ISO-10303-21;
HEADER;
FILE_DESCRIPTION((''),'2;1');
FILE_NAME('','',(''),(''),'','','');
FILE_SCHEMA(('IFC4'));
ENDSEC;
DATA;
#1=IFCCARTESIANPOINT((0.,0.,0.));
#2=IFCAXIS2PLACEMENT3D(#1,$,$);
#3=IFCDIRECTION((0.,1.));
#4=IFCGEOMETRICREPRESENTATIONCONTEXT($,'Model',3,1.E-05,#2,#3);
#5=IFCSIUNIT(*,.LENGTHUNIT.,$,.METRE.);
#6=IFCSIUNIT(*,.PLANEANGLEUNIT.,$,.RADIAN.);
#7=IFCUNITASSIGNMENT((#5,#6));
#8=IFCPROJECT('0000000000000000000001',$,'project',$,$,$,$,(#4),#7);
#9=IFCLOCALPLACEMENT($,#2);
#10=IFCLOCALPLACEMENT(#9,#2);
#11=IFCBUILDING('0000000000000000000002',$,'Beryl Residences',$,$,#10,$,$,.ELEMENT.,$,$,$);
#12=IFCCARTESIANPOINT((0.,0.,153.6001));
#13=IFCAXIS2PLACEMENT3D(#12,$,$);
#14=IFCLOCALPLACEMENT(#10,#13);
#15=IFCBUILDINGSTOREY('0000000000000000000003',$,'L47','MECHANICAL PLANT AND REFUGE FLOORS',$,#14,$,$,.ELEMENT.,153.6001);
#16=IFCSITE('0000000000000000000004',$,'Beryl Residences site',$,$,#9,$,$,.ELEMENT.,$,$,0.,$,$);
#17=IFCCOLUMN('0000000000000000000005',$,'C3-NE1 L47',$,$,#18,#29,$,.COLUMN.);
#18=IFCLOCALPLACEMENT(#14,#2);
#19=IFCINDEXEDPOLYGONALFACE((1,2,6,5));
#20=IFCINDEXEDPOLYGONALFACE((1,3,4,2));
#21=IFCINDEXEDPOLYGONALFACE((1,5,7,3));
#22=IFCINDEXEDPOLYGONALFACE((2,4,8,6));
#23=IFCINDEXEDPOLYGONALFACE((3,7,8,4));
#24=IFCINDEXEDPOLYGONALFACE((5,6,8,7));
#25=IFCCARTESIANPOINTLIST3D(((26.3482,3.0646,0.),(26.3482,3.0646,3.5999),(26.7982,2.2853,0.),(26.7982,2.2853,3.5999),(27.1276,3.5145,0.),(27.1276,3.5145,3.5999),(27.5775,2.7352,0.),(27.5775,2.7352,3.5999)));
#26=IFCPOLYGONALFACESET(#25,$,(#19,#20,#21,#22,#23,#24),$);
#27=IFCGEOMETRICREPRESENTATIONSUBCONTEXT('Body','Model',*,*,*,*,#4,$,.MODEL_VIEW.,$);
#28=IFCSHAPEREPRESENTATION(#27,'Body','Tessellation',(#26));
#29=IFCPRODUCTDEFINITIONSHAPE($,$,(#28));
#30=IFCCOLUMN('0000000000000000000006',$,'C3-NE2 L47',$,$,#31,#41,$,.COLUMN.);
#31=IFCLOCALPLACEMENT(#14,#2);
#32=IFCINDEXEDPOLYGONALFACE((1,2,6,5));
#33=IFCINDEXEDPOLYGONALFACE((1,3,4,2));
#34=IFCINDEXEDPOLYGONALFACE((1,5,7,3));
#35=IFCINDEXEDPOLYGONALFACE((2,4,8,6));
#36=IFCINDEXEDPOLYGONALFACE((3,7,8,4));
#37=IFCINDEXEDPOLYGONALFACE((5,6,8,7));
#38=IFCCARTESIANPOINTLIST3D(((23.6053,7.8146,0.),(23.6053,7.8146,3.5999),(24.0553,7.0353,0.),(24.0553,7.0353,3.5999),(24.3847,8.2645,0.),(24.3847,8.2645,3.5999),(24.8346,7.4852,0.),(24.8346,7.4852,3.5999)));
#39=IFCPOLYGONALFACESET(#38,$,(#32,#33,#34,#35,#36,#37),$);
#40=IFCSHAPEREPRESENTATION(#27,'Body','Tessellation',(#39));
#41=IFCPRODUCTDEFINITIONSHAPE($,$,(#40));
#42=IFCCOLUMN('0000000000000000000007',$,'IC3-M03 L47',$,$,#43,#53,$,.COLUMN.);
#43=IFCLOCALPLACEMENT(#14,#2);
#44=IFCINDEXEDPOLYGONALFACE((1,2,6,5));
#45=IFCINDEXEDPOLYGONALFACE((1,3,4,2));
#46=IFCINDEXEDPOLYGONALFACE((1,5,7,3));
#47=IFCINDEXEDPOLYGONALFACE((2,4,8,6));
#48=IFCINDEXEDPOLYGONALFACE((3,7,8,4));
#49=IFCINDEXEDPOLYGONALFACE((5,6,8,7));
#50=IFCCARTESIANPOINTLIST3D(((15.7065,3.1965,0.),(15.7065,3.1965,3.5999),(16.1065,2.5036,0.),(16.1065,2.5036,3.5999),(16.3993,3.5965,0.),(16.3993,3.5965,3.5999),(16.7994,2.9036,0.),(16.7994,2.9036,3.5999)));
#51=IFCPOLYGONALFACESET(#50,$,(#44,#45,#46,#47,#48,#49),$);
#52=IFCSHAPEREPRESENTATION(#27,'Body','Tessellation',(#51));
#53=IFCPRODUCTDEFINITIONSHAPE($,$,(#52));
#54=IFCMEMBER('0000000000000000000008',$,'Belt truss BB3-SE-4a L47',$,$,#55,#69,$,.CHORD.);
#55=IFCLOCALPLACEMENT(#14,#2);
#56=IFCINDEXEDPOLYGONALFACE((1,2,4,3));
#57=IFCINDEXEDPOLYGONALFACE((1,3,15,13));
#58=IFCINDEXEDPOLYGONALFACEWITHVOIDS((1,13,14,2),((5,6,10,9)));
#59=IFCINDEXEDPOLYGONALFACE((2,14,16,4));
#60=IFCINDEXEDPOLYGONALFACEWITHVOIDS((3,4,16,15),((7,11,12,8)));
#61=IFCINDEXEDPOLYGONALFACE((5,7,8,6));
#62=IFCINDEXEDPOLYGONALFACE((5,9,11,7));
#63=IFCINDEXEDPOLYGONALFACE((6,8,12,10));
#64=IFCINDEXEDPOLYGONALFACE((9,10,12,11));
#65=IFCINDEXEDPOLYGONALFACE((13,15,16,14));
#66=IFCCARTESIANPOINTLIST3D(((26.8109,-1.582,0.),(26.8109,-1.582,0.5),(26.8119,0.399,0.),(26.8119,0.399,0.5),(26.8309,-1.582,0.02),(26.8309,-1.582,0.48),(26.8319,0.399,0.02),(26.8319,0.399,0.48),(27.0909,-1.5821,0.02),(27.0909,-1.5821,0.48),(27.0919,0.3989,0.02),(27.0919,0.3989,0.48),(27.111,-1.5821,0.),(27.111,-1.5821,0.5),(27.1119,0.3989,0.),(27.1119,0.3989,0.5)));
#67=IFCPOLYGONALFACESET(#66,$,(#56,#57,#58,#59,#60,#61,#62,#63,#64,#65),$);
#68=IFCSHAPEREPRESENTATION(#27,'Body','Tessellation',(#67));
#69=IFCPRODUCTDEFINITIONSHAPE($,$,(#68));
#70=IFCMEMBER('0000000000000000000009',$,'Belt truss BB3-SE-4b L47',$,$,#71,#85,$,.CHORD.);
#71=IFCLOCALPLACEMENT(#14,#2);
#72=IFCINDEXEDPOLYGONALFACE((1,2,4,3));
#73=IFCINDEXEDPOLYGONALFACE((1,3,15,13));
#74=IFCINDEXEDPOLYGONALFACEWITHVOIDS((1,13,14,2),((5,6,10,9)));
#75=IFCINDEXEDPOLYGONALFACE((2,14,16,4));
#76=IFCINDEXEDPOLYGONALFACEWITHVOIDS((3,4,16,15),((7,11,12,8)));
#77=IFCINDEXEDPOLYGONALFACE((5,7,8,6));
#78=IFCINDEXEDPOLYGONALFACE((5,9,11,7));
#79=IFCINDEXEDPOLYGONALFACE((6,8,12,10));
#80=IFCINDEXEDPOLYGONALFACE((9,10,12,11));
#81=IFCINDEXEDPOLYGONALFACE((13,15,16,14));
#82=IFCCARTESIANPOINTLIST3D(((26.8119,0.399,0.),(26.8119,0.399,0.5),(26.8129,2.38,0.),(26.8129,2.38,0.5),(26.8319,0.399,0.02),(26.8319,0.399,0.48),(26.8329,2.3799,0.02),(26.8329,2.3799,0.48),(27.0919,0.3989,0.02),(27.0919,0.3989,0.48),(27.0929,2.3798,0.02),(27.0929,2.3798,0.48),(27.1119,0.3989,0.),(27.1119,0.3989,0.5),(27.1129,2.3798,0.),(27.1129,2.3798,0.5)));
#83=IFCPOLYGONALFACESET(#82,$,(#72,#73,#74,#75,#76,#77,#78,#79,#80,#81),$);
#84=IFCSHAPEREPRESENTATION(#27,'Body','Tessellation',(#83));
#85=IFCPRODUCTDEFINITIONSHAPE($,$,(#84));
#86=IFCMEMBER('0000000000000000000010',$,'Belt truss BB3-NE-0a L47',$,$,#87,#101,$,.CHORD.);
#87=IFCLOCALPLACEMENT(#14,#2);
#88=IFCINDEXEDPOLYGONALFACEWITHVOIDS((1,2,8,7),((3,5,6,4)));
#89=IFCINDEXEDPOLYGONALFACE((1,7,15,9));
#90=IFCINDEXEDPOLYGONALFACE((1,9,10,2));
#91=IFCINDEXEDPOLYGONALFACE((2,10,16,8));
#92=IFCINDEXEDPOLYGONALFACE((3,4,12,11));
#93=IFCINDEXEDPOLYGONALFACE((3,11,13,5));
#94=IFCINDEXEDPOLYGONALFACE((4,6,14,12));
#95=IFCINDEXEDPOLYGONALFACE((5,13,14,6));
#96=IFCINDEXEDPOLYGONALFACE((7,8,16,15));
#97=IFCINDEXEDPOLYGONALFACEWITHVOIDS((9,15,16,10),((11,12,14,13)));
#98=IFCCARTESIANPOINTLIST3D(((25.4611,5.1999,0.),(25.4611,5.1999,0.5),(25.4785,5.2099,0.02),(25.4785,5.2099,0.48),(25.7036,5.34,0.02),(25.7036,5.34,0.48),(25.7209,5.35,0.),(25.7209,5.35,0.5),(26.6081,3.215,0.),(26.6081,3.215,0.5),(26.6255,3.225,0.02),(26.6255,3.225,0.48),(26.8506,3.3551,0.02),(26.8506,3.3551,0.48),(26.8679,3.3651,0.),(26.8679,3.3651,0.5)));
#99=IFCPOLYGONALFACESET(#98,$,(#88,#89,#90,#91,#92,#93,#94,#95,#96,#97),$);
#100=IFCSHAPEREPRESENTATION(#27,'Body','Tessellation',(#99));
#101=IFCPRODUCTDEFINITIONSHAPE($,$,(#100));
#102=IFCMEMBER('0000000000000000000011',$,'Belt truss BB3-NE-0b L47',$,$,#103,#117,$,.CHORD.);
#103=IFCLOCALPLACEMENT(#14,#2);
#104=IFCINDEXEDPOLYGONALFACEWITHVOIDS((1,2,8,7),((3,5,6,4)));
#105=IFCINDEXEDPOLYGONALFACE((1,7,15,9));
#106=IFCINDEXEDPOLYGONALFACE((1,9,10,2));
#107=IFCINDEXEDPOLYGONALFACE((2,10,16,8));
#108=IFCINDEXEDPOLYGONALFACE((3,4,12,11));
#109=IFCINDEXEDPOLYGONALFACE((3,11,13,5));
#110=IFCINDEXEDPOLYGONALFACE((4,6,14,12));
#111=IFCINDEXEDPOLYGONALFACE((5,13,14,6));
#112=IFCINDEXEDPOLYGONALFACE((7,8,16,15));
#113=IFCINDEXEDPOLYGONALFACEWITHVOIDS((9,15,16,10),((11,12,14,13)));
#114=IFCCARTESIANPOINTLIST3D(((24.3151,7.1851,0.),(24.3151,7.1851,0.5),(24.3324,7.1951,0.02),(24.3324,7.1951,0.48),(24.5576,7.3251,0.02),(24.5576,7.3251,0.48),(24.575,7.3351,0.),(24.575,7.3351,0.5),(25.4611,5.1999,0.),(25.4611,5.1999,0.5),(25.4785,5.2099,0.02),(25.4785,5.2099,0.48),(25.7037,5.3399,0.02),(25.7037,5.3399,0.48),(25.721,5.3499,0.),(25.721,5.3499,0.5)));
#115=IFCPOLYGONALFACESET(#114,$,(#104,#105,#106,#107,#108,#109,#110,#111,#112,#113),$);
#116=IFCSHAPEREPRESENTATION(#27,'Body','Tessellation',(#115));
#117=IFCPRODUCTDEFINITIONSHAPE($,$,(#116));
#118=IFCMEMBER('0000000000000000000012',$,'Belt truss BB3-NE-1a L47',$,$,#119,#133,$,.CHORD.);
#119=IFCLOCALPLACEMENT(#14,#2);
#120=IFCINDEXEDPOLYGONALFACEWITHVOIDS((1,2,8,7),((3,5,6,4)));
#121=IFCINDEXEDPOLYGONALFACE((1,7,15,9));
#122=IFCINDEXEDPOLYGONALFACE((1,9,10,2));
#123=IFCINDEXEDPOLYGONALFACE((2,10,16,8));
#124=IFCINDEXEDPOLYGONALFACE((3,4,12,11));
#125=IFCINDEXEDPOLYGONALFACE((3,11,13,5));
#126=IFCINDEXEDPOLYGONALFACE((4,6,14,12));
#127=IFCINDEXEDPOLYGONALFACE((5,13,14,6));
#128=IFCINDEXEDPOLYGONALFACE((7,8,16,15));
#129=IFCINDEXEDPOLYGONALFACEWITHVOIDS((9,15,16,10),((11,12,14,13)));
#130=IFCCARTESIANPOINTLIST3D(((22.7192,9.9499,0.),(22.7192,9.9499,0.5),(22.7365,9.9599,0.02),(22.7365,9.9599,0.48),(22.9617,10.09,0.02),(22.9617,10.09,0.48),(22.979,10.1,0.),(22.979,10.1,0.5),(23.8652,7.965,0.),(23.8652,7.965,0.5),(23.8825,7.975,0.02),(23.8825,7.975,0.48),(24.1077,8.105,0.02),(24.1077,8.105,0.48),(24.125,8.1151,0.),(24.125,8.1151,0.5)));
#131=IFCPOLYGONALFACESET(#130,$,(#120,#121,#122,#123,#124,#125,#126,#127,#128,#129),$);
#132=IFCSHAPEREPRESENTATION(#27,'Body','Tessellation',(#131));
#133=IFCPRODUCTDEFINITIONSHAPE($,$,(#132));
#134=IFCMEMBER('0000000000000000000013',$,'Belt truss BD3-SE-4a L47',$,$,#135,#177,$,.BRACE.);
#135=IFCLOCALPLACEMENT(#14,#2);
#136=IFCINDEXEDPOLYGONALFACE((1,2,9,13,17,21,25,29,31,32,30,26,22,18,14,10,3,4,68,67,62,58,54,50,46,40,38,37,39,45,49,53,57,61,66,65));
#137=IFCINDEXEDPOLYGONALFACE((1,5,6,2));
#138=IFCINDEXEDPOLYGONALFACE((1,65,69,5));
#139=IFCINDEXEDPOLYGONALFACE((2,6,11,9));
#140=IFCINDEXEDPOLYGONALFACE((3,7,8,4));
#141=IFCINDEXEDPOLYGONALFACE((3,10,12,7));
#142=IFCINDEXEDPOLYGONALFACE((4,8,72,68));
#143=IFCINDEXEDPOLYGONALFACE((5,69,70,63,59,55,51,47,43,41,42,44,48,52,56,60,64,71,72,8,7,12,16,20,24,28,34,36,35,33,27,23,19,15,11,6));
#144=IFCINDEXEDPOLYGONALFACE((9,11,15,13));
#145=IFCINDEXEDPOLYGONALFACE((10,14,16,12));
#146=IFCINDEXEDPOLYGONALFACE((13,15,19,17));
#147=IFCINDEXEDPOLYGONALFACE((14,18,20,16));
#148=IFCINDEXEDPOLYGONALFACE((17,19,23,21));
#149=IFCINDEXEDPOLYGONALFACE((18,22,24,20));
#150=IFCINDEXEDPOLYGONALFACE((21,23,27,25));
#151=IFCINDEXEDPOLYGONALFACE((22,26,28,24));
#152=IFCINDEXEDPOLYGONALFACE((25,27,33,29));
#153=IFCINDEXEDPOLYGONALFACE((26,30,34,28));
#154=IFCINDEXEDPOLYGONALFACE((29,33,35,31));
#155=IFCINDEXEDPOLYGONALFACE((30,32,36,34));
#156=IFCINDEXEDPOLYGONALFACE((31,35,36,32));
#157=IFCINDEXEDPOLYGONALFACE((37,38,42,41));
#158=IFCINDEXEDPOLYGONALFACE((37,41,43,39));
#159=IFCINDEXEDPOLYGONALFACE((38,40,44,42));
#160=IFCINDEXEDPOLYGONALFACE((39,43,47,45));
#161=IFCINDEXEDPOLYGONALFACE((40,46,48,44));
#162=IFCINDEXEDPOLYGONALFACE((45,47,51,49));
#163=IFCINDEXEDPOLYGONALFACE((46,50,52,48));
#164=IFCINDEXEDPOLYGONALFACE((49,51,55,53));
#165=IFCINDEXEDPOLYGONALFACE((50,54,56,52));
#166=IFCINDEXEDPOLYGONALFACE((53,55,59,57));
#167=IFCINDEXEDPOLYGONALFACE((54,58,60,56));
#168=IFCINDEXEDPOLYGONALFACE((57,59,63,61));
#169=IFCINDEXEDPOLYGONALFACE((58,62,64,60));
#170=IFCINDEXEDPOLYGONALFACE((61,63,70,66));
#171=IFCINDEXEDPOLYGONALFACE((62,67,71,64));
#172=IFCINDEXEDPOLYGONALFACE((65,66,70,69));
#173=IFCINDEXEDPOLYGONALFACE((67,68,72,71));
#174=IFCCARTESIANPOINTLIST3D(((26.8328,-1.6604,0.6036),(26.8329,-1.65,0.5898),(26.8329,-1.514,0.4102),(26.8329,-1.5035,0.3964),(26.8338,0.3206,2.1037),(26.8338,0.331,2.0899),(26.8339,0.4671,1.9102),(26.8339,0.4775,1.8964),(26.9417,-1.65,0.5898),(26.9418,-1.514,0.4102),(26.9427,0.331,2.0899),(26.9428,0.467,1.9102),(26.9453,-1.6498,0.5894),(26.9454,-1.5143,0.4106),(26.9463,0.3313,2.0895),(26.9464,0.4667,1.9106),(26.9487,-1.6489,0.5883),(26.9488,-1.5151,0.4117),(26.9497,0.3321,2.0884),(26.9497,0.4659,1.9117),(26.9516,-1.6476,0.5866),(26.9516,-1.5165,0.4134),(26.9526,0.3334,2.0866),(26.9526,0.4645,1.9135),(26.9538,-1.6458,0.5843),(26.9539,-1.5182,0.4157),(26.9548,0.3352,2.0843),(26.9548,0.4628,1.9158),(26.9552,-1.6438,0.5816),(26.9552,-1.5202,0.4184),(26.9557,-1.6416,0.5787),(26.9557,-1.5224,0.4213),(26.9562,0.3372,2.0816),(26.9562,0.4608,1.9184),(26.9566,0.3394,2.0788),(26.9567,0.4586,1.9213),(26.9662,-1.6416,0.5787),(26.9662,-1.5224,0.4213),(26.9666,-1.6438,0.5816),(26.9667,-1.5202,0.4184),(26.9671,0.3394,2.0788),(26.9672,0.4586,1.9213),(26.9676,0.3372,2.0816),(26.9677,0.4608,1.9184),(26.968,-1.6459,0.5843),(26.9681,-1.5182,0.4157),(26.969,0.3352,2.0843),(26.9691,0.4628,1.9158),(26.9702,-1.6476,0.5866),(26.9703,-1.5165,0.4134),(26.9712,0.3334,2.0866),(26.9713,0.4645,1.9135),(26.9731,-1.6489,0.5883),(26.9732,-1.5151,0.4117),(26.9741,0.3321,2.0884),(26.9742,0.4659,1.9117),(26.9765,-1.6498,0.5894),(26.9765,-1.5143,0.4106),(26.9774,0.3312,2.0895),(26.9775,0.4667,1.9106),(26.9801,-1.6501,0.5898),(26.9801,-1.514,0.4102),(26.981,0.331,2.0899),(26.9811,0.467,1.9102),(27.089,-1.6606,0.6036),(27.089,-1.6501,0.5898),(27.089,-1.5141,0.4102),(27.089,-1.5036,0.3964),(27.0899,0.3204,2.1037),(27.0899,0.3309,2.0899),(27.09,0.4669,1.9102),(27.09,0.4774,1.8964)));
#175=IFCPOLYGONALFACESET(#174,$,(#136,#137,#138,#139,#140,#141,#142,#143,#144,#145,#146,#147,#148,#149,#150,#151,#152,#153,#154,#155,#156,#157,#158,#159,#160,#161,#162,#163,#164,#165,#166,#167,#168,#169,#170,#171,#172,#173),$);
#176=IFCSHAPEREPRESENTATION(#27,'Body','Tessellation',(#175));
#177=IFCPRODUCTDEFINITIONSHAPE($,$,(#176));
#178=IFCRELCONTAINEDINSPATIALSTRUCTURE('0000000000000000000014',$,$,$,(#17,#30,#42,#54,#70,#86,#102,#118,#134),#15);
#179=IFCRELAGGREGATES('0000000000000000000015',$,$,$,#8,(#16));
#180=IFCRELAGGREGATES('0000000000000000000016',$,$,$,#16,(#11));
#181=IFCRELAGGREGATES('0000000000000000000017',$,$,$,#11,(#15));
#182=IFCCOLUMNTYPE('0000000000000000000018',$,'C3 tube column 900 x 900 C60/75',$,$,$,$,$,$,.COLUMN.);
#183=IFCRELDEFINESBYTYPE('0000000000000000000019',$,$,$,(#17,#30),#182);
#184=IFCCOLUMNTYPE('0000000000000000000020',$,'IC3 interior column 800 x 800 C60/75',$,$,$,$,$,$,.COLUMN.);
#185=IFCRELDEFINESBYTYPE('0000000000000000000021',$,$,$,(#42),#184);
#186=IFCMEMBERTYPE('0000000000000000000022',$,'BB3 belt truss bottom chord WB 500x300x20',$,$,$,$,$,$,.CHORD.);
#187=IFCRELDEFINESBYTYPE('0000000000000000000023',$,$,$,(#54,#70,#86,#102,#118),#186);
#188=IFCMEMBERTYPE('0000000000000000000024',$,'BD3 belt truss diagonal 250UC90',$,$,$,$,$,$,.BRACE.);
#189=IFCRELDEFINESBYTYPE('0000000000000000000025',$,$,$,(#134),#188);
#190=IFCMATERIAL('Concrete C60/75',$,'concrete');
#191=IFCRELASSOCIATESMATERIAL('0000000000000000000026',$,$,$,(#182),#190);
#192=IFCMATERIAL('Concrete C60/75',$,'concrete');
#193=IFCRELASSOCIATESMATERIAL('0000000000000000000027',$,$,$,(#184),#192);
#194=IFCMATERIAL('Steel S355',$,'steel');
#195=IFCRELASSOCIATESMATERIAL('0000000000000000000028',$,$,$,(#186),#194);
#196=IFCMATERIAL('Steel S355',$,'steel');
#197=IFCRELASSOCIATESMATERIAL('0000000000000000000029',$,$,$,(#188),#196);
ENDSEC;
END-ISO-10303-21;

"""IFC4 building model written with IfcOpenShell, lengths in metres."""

from ifc_helpers import new_model, si_unit, direction, frame, origin, origin_2d, place, context, subcontext, project, spatial, rectangle, hollow_rectangle, i_section, extrude, material, material_profile, profile_set, type_object, element, save


model = new_model("IFC4")

# Units and contexts
model_context = context("Model", 3, precision=1e-05, world=origin(), true_north=direction((0.0, 1.0)))
body_context = subcontext(model_context, "Body", "Model", "MODEL_VIEW")
ifc_project = project(units=[si_unit("LENGTHUNIT", "METRE"), si_unit("PLANEANGLEUNIT", "RADIAN")], contexts=[model_context])

# Site, building, storey
site_placement = place(None, origin())
site = spatial("IfcSite", under=ifc_project, at=site_placement, Name="Beryl Residences site", CompositionType="ELEMENT", RefElevation=0.0)
building_placement = place(site_placement, origin())
building = spatial("IfcBuilding", under=site, at=building_placement, Name="Beryl Residences", CompositionType="ELEMENT")
storey_placement = place(building_placement, frame((0.0, 0.0, 153.6001)))
storey = spatial("IfcBuildingStorey", under=building, at=storey_placement, Name="L47", Description="MECHANICAL PLANT AND REFUGE FLOORS", CompositionType="ELEMENT", Elevation=153.6001)

# Columns
ifc_material_1 = material(Name="Concrete C60/75", Category="concrete")
ifc_material_profile_1 = material_profile(ifc_material_1, rectangle(XDim=0.8999, YDim=0.8999, at=origin_2d()))
ifc_profile_set_1 = profile_set([ifc_material_profile_1], Name="Concrete C60/75")
column_type_1 = type_object("IfcColumnType", Name="C3 tube column 900 x 900 C60/75", PredefinedType="COLUMN", material=ifc_profile_set_1)
for number, where, z_axis, x_axis, name in (
    (1, (26.9629, 2.8999, 0.0), (0.0, 0.0, 1.0), (-0.5, 0.866025, 0.0), "C3-NE1 L47"),
    (2, (24.22, 7.6499, 0.0), (0.0, 0.0, 1.0), (-0.5, 0.866025, 0.0), "C3-NE2 L47"),
):
    element("IfcColumn", number, at=place(storey_placement, frame(where, z_axis=z_axis, x_axis=x_axis)), inside=storey, type_object=column_type_1, Name=name, PredefinedType="COLUMN", context=body_context, shape_type="SweptSolid", body=[
        extrude(rectangle(XDim=0.8999, YDim=0.8999, at=origin_2d()), origin(), (0.0, 0.0, 1.0), 3.5999),
    ])
ifc_material_2 = material(Name="Concrete C60/75", Category="concrete")
ifc_material_profile_2 = material_profile(ifc_material_2, rectangle(XDim=0.8, YDim=0.8, at=origin_2d()))
ifc_profile_set_2 = profile_set([ifc_material_profile_2], Name="Concrete C60/75")
column_type_2 = type_object("IfcColumnType", Name="IC3 interior column 800 x 800 C60/75", PredefinedType="COLUMN", material=ifc_profile_set_2)
column_placement = place(storey_placement, frame((16.2529, 3.05, 0.0), z_axis=(0.0, 0.0, 1.0), x_axis=(-0.5, 0.866025, 0.0)))
element("IfcColumn", 3, at=column_placement, inside=storey, type_object=column_type_2, Name="IC3-M03 L47", PredefinedType="COLUMN", context=body_context, shape_type="SweptSolid", body=[
    extrude(rectangle(XDim=0.8, YDim=0.8, at=origin_2d()), origin(), (0.0, 0.0, 1.0), 3.5999),
])

# Members
ifc_material_3 = material(Name="Steel S355", Category="steel")
ifc_material_profile_3 = material_profile(ifc_material_3, hollow_rectangle(XDim=0.3, YDim=0.5, WallThickness=0.02, at=origin_2d()))
ifc_profile_set_3 = profile_set([ifc_material_profile_3], Name="Steel S355")
member_type_1 = type_object("IfcMemberType", Name="BB3 belt truss bottom chord WB 500x300x20", PredefinedType="CHORD", material=ifc_profile_set_3)
for number, where, z_axis, x_axis, name in (
    (4, (26.9609, -1.582, 0.25), (0.000493, 1.0, 0.0), (-1.0, 0.000493, 0.0), "Belt truss BB3-SE-4a L47"),
    (5, (26.9619, 0.3989, 0.25), (0.000493, 1.0, 0.0), (-1.0, 0.000493, 0.0), "Belt truss BB3-SE-4b L47"),
):
    element("IfcMember", number, at=place(storey_placement, frame(where, z_axis=z_axis, x_axis=x_axis)), inside=storey, type_object=member_type_1, Name=name, PredefinedType="CHORD", context=body_context, shape_type="SweptSolid", body=[
        extrude(hollow_rectangle(XDim=0.3, YDim=0.5, WallThickness=0.02, at=origin_2d()), origin(), (0.0, 0.0, 1.0), 1.981),
    ])
member_1_placement = place(storey_placement, frame((26.738, 3.29, 0.25), z_axis=(-0.500331, 0.865834, 0.0), x_axis=(-0.865834, -0.500331, 0.0)))
element("IfcMember", 6, at=member_1_placement, inside=storey, type_object=member_type_1, Name="Belt truss BB3-NE-0a L47", PredefinedType="CHORD", context=body_context, shape_type="SweptSolid", body=[
    extrude(hollow_rectangle(XDim=0.3, YDim=0.5, WallThickness=0.02, at=origin_2d()), origin(), (0.0, 0.0, 1.0), 2.2925),
])
member_2_placement = place(storey_placement, frame((25.5911, 5.2749, 0.25), z_axis=(-0.499965, 0.866045, 0.0), x_axis=(-0.866045, -0.499965, 0.0)))
element("IfcMember", 7, at=member_2_placement, inside=storey, type_object=member_type_1, Name="Belt truss BB3-NE-0b L47", PredefinedType="CHORD", context=body_context, shape_type="SweptSolid", body=[
    extrude(hollow_rectangle(XDim=0.3, YDim=0.5, WallThickness=0.02, at=origin_2d()), origin(), (0.0, 0.0, 1.0), 2.2922),
])
member_3_placement = place(storey_placement, frame((23.9951, 8.04, 0.25), z_axis=(-0.500011, 0.866019, 0.0), x_axis=(-0.866019, -0.500011, 0.0)))
element("IfcMember", 8, at=member_3_placement, inside=storey, type_object=member_type_1, Name="Belt truss BB3-NE-1a L47", PredefinedType="CHORD", context=body_context, shape_type="SweptSolid", body=[
    extrude(hollow_rectangle(XDim=0.3, YDim=0.5, WallThickness=0.02, at=origin_2d()), origin(), (0.0, 0.0, 1.0), 2.292),
])
ifc_material_4 = material(Name="Steel S355", Category="steel")
ifc_material_profile_4 = material_profile(ifc_material_4, i_section(OverallWidth=0.2561, OverallDepth=0.26, WebThickness=0.0105, FlangeThickness=0.0173, FilletRadius=0.0139, at=origin_2d()))
ifc_profile_set_4 = profile_set([ifc_material_profile_4], Name="Steel S355")
member_type_2 = type_object("IfcMemberType", Name="BD3 belt truss diagonal 250UC90", PredefinedType="BRACE", material=ifc_profile_set_4)
for number, where, z_axis, x_axis, name in (
    (9, (26.9609, -1.582, 0.5), (0.000393, 0.797233, 0.603672), (-1.0, 0.000493, 0.0), "Belt truss BD3-SE-4a L47"),
):
    element("IfcMember", number, at=place(storey_placement, frame(where, z_axis=z_axis, x_axis=x_axis)), inside=storey, type_object=member_type_2, Name=name, PredefinedType="BRACE", context=body_context, shape_type="SweptSolid", body=[
        extrude(i_section(OverallWidth=0.2561, OverallDepth=0.26, WebThickness=0.0105, FlangeThickness=0.0173, FilletRadius=0.0139, at=origin_2d()), origin(), (0.0, 0.0, 1.0), 2.4849),
    ])

save(model, "model.ifc")
